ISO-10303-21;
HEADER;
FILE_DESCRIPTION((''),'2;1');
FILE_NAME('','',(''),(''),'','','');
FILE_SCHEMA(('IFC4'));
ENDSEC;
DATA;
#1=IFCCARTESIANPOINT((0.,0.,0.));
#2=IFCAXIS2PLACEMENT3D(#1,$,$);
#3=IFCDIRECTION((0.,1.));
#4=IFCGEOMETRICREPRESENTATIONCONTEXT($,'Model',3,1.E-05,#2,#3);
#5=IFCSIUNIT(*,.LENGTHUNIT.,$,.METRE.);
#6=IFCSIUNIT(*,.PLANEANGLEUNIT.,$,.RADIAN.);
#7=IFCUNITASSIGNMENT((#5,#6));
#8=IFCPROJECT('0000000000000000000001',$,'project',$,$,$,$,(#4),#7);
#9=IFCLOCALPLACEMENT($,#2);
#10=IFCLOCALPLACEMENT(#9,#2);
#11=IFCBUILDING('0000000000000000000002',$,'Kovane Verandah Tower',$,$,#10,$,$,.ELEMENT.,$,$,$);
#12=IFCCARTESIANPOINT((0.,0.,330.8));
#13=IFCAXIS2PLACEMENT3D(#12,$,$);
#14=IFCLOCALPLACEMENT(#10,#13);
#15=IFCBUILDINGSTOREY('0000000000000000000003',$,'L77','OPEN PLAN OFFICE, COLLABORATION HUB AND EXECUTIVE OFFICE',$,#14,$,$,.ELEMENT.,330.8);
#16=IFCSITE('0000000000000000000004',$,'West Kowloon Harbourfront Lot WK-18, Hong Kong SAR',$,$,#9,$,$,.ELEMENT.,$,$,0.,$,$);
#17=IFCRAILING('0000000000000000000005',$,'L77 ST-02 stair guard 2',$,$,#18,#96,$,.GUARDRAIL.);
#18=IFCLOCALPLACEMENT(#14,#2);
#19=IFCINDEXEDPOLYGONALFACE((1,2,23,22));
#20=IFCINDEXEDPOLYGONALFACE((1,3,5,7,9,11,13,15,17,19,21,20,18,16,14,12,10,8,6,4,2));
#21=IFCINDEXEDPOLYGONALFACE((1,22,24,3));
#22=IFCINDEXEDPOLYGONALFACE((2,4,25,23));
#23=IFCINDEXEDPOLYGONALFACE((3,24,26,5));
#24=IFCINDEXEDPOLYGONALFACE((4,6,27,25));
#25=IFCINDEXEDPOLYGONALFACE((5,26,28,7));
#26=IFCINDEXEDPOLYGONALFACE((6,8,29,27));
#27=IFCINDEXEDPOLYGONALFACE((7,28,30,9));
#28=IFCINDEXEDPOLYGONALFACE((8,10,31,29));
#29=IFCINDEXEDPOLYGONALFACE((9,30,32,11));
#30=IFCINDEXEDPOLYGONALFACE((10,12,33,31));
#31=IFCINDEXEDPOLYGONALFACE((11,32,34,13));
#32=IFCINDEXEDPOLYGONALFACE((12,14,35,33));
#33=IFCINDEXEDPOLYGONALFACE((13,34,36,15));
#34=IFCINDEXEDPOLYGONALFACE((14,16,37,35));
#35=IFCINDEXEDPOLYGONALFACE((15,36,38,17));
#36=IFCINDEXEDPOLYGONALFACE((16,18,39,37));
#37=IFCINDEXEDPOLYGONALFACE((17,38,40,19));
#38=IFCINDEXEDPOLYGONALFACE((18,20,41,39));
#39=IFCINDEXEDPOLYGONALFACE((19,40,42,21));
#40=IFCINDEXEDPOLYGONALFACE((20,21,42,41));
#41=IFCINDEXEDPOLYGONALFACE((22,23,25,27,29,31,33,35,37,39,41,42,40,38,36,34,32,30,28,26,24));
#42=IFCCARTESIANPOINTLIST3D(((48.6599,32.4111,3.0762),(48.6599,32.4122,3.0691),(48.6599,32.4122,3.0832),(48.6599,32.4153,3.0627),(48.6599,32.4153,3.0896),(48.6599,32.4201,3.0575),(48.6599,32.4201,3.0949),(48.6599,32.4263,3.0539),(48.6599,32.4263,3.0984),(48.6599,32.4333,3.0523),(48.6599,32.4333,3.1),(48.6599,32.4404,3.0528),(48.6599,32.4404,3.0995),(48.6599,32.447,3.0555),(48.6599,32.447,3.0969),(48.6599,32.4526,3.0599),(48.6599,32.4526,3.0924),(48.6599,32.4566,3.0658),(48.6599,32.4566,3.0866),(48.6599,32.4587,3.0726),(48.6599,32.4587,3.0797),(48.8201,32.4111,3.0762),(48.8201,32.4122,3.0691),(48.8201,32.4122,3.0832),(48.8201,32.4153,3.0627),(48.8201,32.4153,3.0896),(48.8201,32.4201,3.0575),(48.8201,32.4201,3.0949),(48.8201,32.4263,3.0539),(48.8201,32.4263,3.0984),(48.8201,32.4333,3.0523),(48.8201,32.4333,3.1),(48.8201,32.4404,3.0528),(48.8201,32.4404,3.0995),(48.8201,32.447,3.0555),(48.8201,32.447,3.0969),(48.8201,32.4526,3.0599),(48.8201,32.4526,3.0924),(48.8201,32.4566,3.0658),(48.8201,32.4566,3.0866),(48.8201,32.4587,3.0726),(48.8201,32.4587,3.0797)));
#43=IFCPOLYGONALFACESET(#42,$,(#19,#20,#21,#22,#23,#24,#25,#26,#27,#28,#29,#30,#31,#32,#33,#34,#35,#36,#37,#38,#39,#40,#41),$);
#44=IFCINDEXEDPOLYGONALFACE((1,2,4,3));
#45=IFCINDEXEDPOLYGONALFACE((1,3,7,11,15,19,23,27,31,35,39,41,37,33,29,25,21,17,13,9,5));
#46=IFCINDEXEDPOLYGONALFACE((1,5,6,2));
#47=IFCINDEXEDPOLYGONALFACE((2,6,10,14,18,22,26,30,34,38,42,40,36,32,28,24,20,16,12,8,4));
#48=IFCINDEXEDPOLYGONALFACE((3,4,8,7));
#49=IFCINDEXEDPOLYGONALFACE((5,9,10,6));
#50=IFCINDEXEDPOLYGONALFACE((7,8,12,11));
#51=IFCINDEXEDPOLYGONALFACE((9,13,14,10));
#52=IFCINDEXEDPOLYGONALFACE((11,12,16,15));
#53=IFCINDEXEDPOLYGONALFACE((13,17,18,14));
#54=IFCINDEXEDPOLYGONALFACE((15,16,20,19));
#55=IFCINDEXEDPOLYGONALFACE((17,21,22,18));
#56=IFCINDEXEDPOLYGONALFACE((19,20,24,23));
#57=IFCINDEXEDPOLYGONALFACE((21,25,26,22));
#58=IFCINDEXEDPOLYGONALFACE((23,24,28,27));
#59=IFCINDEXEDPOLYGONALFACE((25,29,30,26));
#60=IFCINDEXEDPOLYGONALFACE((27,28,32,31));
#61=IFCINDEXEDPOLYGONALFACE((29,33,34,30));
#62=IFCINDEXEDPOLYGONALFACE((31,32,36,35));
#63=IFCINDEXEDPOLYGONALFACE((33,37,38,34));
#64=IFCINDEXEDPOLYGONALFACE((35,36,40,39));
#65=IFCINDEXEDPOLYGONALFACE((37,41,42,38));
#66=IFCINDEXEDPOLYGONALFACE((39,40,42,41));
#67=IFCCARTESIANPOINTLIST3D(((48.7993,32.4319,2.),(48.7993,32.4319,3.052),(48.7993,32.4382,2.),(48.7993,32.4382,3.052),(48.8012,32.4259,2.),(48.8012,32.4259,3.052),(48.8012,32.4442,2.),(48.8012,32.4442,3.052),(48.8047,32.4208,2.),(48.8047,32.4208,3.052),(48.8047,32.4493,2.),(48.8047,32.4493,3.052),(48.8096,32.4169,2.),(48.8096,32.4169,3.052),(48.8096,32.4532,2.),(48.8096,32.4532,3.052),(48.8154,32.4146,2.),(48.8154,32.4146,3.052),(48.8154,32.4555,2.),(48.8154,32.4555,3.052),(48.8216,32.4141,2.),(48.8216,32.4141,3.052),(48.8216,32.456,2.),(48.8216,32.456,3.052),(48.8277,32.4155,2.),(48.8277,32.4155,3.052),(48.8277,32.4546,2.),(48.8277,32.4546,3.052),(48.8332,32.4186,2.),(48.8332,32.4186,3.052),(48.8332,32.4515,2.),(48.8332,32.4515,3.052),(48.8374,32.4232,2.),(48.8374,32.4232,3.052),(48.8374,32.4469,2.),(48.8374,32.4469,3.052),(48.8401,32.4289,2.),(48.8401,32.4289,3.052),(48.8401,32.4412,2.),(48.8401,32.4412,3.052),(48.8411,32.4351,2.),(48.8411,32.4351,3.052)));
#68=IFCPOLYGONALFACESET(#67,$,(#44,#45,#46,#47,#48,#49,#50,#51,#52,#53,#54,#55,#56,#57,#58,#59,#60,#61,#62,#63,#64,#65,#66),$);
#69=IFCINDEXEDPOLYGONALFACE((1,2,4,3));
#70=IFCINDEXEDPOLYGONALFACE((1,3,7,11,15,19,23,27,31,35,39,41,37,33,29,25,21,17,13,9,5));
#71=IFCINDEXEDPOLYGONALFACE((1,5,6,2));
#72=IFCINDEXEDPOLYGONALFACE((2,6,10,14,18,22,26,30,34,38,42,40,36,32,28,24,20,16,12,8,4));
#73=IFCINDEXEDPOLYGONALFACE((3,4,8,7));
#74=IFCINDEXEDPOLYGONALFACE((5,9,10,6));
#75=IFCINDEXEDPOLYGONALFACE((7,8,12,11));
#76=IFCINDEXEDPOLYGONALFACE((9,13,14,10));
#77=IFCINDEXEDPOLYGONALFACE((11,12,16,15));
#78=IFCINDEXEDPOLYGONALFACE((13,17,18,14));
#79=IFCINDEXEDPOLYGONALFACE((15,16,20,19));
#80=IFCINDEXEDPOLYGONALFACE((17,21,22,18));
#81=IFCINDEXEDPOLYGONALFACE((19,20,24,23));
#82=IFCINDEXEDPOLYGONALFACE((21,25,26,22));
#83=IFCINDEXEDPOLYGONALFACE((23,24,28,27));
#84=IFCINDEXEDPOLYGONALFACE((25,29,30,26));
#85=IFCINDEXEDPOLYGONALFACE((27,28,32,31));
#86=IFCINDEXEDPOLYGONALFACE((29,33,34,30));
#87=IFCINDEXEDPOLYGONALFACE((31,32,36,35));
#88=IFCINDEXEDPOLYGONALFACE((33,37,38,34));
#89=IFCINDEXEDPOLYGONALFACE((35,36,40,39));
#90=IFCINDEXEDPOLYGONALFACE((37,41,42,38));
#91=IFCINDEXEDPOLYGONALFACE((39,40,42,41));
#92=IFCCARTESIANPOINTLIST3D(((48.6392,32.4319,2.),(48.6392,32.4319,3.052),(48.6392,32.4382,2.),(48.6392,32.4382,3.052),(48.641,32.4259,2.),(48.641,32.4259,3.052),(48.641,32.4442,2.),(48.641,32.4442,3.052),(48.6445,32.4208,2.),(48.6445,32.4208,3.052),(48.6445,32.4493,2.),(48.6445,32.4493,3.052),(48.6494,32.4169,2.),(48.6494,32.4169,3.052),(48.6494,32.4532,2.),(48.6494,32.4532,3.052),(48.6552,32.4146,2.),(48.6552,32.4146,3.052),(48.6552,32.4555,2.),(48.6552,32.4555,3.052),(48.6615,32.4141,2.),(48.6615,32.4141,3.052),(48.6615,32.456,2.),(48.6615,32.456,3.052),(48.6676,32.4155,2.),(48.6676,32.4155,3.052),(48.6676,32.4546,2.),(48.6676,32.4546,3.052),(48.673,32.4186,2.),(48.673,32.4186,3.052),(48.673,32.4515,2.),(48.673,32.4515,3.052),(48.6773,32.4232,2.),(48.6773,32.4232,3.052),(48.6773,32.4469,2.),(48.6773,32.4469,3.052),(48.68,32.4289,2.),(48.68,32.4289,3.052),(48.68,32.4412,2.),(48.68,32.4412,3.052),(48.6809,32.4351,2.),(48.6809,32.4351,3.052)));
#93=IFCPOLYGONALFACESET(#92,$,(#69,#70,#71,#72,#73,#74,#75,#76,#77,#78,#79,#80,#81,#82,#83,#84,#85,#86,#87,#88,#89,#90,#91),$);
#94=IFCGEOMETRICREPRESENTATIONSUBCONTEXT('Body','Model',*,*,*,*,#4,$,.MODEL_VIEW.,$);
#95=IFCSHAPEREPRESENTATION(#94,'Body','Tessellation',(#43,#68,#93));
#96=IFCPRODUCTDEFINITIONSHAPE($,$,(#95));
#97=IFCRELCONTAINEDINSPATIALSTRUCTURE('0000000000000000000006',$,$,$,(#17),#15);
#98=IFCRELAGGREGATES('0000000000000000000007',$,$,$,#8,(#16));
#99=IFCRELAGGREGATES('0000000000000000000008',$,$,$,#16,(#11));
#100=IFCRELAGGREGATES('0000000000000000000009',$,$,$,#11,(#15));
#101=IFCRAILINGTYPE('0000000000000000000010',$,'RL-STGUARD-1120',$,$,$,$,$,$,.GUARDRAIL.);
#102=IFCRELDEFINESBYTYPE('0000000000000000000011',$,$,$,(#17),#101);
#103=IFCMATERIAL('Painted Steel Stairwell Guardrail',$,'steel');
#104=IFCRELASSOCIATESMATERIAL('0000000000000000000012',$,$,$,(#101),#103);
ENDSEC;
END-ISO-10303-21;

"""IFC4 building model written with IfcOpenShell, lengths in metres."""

from ifc_helpers import new_model, si_unit, direction, frame, origin, origin_2d, place, context, subcontext, project, spatial, circle, extrude, material, type_object, element, save


model = new_model("IFC4")

# Units and contexts
model_context = context("Model", 3, precision=1e-05, world=origin(), true_north=direction((0.0, 1.0)))
body_context = subcontext(model_context, "Body", "Model", "MODEL_VIEW")
ifc_project = project(units=[si_unit("LENGTHUNIT", "METRE"), si_unit("PLANEANGLEUNIT", "RADIAN")], contexts=[model_context])

# Site, building, storey
site_placement = place(None, origin())
site = spatial("IfcSite", under=ifc_project, at=site_placement, Name="West Kowloon Harbourfront Lot WK-18, Hong Kong SAR", CompositionType="ELEMENT", RefElevation=0.0)
building_placement = place(site_placement, origin())
building = spatial("IfcBuilding", under=site, at=building_placement, Name="Kovane Verandah Tower", CompositionType="ELEMENT")
storey_placement = place(building_placement, frame((0.0, 0.0, 330.8)))
storey = spatial("IfcBuildingStorey", under=building, at=storey_placement, Name="L77", Description="OPEN PLAN OFFICE, COLLABORATION HUB AND EXECUTIVE OFFICE", CompositionType="ELEMENT", Elevation=330.8)

# Railing
ifc_material_1 = material(Name="Painted Steel Stairwell Guardrail", Category="steel")
railing_type_1 = type_object("IfcRailingType", Name="RL-STGUARD-1120", PredefinedType="GUARDRAIL", material=ifc_material_1)
railing_1_placement = place(storey_placement, frame((48.8201, 32.4351, 2.0)))
element("IfcRailing", 1, at=railing_1_placement, inside=storey, type_object=railing_type_1, Name="L77 ST-02 stair guard 2", PredefinedType="GUARDRAIL", context=body_context, shape_type="SweptSolid", body=[
    extrude(circle(Radius=0.0239, at=origin_2d()), frame((0.0, 0.0, 1.0762), z_axis=(-1.0, 0.0, 0.0), x_axis=(0.0, -1.0, 0.0)), (0.0, 0.0, 1.0), 0.1602),
    extrude(circle(Radius=0.021, at=origin_2d()), origin(), (0.0, 0.0, 1.0), 1.052),
    extrude(circle(Radius=0.021, at=origin_2d()), frame((-0.1602, 0.0, 0.0)), (0.0, 0.0, 1.0), 1.052),
])

save(model, "model.ifc")
